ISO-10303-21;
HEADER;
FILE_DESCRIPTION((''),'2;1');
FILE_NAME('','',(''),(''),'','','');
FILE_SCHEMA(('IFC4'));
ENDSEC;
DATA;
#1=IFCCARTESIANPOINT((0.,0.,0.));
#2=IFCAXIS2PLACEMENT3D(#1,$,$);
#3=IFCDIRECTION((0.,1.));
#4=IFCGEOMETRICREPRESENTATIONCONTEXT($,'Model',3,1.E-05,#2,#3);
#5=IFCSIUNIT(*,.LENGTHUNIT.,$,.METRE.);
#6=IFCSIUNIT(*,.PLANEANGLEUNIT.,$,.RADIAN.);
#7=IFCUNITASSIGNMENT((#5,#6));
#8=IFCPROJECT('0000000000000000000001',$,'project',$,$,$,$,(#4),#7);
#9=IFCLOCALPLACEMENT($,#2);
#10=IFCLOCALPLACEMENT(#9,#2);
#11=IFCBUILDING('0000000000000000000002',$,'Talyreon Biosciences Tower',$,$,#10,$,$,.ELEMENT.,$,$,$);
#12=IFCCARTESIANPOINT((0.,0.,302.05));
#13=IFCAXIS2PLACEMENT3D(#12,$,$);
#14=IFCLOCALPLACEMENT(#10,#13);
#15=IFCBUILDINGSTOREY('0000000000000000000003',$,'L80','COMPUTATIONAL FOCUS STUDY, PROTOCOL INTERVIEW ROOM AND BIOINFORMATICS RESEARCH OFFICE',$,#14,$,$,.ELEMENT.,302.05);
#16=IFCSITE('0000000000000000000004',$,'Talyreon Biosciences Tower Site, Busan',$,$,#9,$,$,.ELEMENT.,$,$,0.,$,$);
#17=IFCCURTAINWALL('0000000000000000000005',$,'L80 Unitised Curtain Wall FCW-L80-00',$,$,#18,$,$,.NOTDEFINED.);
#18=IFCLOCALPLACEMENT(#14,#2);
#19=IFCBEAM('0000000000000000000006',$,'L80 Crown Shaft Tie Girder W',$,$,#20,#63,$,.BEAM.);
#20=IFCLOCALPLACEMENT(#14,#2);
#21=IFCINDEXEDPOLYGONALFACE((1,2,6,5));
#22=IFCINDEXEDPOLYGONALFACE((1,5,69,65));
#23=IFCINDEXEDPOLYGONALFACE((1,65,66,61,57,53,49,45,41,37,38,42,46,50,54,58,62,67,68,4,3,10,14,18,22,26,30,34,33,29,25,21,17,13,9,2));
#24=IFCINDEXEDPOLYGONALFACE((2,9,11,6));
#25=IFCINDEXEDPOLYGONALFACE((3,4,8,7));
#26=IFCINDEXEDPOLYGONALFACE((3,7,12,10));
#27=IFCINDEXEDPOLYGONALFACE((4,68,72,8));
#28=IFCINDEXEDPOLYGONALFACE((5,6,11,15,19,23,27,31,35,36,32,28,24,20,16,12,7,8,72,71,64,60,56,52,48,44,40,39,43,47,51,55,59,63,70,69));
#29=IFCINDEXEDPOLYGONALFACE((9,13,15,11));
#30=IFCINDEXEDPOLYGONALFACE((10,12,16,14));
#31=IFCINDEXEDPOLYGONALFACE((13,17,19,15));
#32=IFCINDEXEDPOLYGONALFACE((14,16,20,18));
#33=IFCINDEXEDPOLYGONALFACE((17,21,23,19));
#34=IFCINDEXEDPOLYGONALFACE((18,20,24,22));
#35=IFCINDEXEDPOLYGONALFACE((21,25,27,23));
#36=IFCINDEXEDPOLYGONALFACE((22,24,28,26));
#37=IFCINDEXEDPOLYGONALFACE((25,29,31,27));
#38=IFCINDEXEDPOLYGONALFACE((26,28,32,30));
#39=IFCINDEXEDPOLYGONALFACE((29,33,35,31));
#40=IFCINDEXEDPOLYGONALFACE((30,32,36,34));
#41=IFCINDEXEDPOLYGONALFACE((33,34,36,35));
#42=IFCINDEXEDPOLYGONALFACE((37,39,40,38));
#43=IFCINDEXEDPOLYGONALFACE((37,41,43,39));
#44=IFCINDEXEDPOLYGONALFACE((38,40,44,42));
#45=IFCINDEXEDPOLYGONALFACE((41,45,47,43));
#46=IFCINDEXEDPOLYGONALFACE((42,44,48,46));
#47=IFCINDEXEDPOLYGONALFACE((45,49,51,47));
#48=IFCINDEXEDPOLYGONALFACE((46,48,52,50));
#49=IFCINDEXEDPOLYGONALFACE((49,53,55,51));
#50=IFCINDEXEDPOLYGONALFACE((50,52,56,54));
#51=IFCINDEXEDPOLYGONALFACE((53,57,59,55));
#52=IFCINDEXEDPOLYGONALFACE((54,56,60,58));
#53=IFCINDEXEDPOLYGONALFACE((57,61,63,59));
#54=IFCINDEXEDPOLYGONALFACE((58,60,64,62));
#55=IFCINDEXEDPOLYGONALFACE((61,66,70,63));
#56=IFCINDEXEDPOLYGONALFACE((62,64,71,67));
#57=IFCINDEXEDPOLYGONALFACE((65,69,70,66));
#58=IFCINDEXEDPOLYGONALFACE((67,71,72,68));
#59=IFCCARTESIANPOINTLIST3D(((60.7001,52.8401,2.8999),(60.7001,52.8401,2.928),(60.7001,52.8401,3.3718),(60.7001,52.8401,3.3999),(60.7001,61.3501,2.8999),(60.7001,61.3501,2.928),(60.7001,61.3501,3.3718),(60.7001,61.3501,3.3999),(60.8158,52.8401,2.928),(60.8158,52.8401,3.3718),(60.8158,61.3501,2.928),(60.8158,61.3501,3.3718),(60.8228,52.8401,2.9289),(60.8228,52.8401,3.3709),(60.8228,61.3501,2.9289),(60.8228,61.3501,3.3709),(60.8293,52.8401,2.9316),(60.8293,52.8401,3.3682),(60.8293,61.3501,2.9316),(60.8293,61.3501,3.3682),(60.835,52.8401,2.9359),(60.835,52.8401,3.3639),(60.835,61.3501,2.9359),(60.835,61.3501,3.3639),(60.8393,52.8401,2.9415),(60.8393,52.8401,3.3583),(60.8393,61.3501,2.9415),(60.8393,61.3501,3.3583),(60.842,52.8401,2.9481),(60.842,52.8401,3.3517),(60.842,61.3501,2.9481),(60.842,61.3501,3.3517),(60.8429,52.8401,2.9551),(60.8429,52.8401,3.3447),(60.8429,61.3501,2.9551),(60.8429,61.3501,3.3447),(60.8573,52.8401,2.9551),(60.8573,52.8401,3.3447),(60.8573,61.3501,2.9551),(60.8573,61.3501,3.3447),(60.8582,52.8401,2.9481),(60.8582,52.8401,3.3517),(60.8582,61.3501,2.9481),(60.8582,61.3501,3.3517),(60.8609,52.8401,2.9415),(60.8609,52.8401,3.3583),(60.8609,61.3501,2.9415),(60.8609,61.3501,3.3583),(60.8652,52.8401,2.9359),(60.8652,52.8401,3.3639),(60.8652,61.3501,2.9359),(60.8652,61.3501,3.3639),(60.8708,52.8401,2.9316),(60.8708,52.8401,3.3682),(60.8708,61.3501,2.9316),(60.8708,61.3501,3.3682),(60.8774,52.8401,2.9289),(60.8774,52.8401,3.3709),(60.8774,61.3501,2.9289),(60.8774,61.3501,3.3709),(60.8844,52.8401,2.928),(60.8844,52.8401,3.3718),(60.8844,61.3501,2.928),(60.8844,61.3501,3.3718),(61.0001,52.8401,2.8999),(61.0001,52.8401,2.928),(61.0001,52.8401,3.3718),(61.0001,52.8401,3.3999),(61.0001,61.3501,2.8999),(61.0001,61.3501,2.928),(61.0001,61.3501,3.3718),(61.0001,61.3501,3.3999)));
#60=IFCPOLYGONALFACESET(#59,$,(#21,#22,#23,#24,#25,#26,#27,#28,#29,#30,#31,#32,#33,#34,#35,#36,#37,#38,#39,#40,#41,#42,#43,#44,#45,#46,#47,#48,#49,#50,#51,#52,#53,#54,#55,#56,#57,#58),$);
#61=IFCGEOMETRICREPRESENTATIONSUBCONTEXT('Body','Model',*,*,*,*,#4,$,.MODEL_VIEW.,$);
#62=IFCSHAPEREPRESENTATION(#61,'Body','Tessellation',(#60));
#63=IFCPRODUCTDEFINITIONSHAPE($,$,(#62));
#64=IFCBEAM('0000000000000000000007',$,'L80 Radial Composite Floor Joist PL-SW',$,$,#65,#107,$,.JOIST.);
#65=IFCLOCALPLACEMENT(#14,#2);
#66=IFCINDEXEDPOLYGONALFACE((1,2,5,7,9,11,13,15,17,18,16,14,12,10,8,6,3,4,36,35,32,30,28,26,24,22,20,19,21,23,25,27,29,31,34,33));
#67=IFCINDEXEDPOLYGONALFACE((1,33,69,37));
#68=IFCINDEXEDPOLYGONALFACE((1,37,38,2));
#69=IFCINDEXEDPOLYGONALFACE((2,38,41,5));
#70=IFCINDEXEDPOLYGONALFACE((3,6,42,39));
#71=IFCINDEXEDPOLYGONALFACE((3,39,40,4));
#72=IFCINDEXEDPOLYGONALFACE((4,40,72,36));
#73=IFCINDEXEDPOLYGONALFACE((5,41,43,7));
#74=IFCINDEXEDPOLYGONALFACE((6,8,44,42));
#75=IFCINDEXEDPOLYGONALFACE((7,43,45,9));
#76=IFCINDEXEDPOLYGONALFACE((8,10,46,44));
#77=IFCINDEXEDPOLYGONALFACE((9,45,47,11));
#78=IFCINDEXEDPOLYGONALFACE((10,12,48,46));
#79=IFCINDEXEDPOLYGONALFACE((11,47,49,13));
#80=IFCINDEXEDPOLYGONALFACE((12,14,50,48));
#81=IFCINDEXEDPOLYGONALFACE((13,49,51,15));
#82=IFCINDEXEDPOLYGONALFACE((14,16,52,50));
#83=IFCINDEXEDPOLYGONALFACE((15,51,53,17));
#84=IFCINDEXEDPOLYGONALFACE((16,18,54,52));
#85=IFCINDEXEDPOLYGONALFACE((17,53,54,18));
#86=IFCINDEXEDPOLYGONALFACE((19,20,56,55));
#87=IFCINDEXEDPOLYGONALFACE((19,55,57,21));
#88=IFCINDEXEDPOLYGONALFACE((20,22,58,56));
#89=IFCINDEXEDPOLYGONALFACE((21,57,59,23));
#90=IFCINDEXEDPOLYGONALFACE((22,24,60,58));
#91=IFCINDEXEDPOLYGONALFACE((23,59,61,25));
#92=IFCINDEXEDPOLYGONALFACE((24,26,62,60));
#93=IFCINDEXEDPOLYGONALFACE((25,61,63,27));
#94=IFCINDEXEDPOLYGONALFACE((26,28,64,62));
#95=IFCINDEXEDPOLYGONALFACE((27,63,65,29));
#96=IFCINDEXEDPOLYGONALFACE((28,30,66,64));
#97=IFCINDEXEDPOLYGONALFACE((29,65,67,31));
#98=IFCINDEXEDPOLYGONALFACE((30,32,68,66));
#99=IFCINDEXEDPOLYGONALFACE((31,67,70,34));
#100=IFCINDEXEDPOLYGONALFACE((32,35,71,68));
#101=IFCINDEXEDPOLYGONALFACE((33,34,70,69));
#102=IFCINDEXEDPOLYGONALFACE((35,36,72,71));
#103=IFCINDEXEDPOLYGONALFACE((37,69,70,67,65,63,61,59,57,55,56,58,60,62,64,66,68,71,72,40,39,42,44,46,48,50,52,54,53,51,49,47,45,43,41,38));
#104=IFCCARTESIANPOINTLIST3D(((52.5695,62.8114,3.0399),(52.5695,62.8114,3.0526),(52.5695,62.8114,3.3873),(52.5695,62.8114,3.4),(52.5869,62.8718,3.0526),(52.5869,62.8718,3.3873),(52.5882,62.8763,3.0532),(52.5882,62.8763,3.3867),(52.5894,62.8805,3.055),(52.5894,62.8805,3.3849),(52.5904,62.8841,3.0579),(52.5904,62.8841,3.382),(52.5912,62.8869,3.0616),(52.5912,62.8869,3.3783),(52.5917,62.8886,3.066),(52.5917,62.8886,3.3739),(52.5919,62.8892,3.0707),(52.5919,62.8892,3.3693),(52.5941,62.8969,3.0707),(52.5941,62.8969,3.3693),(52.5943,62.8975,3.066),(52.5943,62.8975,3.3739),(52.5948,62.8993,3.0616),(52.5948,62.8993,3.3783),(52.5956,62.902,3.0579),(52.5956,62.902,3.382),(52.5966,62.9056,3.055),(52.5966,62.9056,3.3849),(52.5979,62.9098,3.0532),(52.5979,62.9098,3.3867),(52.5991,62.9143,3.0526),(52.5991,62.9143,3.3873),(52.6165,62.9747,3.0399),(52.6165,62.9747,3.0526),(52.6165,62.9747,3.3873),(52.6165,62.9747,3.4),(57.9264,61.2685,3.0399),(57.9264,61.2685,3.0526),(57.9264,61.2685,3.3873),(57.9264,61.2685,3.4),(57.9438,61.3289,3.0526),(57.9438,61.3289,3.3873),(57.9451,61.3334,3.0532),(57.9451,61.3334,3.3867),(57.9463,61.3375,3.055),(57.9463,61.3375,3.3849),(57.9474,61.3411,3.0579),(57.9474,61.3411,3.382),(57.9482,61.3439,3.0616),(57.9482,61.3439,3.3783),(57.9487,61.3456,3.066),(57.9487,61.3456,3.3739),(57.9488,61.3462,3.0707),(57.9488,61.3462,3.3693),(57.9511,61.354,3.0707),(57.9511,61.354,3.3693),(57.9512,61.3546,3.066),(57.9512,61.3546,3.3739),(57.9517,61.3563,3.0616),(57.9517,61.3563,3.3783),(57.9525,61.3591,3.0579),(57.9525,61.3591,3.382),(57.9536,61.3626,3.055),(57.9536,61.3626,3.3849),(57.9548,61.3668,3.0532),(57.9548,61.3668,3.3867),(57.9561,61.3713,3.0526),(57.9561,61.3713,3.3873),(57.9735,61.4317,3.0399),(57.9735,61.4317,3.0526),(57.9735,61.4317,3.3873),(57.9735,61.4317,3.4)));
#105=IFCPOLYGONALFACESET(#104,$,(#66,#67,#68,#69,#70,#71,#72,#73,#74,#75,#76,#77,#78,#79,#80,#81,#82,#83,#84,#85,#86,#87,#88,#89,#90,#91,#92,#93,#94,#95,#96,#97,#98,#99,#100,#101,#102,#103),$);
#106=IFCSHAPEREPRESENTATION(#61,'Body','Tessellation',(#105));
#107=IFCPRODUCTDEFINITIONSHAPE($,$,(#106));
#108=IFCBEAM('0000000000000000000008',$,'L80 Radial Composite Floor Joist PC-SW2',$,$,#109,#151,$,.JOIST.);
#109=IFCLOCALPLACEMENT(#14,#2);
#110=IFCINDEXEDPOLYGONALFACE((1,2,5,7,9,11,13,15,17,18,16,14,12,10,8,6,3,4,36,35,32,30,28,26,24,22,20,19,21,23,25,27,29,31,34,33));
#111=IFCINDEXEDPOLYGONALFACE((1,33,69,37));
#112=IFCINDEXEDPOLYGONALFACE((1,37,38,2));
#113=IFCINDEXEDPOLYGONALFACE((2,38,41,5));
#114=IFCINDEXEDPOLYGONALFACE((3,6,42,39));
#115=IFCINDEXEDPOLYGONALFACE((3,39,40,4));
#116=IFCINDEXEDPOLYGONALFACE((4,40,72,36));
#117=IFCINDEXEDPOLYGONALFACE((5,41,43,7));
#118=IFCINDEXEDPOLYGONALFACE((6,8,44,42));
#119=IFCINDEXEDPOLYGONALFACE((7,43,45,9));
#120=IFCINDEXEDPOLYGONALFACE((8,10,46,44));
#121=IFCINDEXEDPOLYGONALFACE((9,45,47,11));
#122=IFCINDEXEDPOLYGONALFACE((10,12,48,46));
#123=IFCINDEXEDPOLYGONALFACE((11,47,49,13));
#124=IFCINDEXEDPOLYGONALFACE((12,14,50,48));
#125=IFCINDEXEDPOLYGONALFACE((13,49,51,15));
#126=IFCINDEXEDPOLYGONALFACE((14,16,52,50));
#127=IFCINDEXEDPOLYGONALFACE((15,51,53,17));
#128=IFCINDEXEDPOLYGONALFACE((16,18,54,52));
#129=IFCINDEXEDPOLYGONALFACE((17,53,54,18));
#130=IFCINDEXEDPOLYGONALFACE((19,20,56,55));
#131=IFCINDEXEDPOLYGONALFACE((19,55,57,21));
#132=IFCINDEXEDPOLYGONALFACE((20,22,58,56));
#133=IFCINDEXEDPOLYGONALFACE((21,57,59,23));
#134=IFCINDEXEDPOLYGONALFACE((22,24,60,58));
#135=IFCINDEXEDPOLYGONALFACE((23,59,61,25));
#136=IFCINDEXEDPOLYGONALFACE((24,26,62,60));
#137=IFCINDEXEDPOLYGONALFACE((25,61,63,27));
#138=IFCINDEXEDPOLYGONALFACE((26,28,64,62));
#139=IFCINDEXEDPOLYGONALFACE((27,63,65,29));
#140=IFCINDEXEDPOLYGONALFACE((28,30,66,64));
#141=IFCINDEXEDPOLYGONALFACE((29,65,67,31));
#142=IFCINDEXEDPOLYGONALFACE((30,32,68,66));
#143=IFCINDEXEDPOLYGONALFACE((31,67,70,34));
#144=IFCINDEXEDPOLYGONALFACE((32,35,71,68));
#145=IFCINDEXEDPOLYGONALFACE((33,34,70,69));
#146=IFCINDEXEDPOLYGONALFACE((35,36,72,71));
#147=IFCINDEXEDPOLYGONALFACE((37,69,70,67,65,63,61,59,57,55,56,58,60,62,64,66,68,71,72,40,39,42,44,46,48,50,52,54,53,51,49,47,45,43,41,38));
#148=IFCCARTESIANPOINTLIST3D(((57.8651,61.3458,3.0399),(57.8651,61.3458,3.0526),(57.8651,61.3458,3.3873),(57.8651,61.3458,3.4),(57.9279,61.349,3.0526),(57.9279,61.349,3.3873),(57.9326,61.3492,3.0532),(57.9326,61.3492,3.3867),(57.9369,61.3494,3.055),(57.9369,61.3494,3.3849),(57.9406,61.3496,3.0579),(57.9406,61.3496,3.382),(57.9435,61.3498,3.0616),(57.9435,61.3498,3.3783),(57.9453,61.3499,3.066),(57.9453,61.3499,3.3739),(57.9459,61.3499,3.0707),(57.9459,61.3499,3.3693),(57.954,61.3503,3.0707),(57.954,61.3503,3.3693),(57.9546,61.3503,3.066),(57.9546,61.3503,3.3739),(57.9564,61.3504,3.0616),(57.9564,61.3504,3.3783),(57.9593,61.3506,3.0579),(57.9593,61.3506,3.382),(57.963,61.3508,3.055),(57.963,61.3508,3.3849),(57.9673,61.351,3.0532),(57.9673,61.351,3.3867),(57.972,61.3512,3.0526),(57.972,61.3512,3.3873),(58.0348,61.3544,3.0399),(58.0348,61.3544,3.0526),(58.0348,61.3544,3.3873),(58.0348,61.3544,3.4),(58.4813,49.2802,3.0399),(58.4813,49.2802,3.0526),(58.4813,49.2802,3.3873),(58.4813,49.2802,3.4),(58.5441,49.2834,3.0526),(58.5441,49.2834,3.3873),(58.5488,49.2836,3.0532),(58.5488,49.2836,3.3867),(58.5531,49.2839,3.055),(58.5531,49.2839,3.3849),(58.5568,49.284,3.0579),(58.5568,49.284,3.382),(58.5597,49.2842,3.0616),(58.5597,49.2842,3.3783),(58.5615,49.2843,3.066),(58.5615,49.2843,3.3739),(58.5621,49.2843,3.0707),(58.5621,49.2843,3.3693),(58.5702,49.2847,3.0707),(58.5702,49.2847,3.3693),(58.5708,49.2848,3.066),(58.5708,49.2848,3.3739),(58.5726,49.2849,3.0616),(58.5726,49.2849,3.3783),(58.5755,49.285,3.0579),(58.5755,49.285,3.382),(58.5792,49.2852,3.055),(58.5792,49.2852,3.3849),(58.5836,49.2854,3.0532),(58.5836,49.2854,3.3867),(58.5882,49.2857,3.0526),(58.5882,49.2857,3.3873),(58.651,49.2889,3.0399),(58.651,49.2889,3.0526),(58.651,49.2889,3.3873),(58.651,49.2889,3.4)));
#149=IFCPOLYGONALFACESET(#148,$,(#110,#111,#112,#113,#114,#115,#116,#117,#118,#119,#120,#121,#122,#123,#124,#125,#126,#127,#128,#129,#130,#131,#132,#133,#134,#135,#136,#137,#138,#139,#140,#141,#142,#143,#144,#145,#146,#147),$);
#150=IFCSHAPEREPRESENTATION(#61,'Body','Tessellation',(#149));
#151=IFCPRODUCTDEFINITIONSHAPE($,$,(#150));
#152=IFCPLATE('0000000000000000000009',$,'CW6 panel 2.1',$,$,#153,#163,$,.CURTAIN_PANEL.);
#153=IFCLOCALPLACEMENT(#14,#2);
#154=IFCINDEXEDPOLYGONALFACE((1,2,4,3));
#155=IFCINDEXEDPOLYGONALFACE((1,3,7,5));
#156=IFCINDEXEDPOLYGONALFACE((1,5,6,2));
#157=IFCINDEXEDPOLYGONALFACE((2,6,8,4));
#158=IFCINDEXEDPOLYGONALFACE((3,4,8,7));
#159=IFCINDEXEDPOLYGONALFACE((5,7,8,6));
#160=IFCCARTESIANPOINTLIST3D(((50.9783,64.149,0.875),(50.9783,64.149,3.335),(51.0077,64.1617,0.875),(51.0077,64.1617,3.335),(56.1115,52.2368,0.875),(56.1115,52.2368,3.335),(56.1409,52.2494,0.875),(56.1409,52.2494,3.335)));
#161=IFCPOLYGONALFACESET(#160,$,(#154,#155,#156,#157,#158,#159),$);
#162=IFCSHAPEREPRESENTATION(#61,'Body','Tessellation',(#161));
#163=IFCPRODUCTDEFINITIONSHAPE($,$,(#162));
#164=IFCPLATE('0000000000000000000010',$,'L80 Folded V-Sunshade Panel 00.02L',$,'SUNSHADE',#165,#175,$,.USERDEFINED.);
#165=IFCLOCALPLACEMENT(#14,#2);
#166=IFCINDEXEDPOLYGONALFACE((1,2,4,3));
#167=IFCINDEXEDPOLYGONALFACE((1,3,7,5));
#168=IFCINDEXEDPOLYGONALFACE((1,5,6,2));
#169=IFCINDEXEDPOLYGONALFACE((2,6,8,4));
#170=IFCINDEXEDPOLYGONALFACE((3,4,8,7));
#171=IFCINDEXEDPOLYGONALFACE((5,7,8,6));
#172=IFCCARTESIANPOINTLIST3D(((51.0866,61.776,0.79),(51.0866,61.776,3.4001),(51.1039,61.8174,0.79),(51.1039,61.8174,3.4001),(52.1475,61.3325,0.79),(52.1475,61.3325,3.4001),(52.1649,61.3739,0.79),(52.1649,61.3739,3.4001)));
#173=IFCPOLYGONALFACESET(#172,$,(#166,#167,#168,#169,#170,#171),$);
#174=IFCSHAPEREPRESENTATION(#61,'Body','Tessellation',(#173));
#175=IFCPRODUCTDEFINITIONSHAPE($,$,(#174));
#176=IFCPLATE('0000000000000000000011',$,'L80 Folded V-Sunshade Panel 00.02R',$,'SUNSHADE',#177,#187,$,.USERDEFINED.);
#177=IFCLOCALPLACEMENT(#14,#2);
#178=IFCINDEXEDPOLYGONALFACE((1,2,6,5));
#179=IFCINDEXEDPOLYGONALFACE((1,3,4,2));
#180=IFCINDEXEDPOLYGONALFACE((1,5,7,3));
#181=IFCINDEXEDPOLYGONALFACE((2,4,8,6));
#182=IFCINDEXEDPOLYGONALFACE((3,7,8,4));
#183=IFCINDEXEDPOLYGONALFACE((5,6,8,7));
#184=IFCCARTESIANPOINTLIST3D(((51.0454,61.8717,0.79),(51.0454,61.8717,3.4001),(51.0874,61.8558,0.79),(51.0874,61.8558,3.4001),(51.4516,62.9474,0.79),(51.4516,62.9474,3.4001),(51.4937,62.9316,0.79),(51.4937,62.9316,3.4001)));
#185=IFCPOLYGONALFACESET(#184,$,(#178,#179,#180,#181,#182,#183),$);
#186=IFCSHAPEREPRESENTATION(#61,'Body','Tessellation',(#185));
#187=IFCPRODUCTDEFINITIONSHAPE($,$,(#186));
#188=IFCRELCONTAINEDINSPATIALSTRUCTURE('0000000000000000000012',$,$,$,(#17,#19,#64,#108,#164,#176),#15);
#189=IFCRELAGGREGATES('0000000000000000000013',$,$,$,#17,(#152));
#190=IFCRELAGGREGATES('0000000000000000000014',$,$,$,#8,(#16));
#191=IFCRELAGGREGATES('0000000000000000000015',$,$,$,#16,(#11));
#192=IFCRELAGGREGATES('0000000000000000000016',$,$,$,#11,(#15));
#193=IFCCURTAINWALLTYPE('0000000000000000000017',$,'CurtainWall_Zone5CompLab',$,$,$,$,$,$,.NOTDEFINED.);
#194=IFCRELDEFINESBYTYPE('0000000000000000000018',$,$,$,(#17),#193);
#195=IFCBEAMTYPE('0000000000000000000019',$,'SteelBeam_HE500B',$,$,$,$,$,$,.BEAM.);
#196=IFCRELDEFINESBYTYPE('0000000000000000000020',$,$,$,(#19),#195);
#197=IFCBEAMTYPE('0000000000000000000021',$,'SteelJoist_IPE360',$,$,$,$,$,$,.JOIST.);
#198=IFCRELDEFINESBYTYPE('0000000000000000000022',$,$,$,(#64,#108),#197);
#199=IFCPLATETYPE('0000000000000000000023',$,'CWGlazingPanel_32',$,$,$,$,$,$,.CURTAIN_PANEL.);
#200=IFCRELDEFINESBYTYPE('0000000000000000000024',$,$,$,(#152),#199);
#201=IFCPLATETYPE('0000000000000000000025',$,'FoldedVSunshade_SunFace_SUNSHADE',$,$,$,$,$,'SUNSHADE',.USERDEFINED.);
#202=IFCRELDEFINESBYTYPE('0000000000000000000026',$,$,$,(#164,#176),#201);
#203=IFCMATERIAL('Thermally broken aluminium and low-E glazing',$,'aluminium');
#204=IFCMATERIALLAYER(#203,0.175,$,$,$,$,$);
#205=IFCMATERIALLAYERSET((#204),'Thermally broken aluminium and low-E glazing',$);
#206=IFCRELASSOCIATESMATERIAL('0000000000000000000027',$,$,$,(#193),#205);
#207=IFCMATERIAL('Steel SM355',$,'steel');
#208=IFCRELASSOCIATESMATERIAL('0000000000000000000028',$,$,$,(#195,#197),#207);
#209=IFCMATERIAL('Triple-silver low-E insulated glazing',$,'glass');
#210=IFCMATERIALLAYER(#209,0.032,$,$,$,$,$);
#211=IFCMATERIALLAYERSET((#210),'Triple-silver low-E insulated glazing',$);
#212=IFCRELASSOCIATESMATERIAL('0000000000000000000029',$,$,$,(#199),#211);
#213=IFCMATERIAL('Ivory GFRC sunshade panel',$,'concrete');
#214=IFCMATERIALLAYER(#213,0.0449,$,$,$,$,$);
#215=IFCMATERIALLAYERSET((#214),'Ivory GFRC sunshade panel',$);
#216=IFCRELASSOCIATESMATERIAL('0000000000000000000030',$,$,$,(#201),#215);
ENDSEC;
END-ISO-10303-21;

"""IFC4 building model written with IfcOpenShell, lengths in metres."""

from ifc_helpers import new_model, si_unit, direction, frame, origin, origin_2d, place, context, subcontext, project, spatial, rectangle, i_section, extrude, material, layer, layer_set, material_profile, profile_set, type_object, element, aggregate, save


model = new_model("IFC4")

# Units and contexts
model_context = context("Model", 3, precision=1e-05, world=origin(), true_north=direction((0.0, 1.0)))
body_context = subcontext(model_context, "Body", "Model", "MODEL_VIEW")
ifc_project = project(units=[si_unit("LENGTHUNIT", "METRE"), si_unit("PLANEANGLEUNIT", "RADIAN")], contexts=[model_context])

# Site, building, storey
site_placement = place(None, origin())
site = spatial("IfcSite", under=ifc_project, at=site_placement, Name="Talyreon Biosciences Tower Site, Busan", CompositionType="ELEMENT", RefElevation=0.0)
building_placement = place(site_placement, origin())
building = spatial("IfcBuilding", under=site, at=building_placement, Name="Talyreon Biosciences Tower", CompositionType="ELEMENT")
storey_placement = place(building_placement, frame((0.0, 0.0, 302.05)))
storey = spatial("IfcBuildingStorey", under=building, at=storey_placement, Name="L80", Description="COMPUTATIONAL FOCUS STUDY, PROTOCOL INTERVIEW ROOM AND BIOINFORMATICS RESEARCH OFFICE", CompositionType="ELEMENT", Elevation=302.05)

# Curtain wall
ifc_material_1 = material(Name="Thermally broken aluminium and low-E glazing", Category="aluminium")
ifc_layer_1 = layer(ifc_material_1, 0.175)
ifc_layer_set_1 = layer_set([ifc_layer_1], Name="Thermally broken aluminium and low-E glazing")
curtain_wall_type = type_object("IfcCurtainWallType", Name="CurtainWall_Zone5CompLab", PredefinedType="NOTDEFINED", material=ifc_layer_set_1)
curtain_wall_placement = place(storey_placement, origin())
curtain_wall = element("IfcCurtainWall", 1, at=curtain_wall_placement, inside=storey, type_object=curtain_wall_type, Name="L80 Unitised Curtain Wall FCW-L80-00", PredefinedType="NOTDEFINED")

# Beams
ifc_material_2 = material(Name="Steel SM355", Category="steel")
ifc_material_profile_1 = material_profile(ifc_material_2, i_section(OverallWidth=0.3, OverallDepth=0.5, WebThickness=0.0144, FlangeThickness=0.0281, FilletRadius=0.0271, at=origin_2d()), Name="HE500B")
ifc_profile_set_1 = profile_set([ifc_material_profile_1], Name="Steel SM355")
beam_type_1 = type_object("IfcBeamType", Name="SteelBeam_HE500B", PredefinedType="BEAM", material=ifc_profile_set_1)
beam_1_placement = place(storey_placement, frame((60.8501, 52.8401, 3.1499), z_axis=(0.0, 1.0, 0.0), x_axis=(-1.0, 0.0, 0.0)))
element("IfcBeam", 2, at=beam_1_placement, inside=storey, type_object=beam_type_1, Name="L80 Crown Shaft Tie Girder W", PredefinedType="BEAM", context=body_context, shape_type="SweptSolid", body=[
    extrude(i_section(OverallWidth=0.3, OverallDepth=0.5, WebThickness=0.0144, FlangeThickness=0.0281, FilletRadius=0.0271, at=origin_2d()), origin(), (0.0, 0.0, 1.0), 8.51),
])
ifc_material_profile_2 = material_profile(ifc_material_2, i_section(OverallWidth=0.1699, OverallDepth=0.3601, WebThickness=0.0081, FlangeThickness=0.0127, FilletRadius=0.0181, at=origin_2d()), Name="IPE360")
ifc_profile_set_2 = profile_set([ifc_material_profile_2], Name="Steel SM355")
beam_type_2 = type_object("IfcBeamType", Name="SteelJoist_IPE360", PredefinedType="JOIST", material=ifc_profile_set_2)
beam_2_placement = place(storey_placement, frame((57.95, 61.3501, 3.22), z_axis=(-0.960933, 0.27678, 0.0), x_axis=(-0.27678, -0.960933, 0.0)))
element("IfcBeam", 3, at=beam_2_placement, inside=storey, type_object=beam_type_2, Name="L80 Radial Composite Floor Joist PL-SW", PredefinedType="JOIST", context=body_context, shape_type="SweptSolid", body=[
    extrude(i_section(OverallWidth=0.1699, OverallDepth=0.3601, WebThickness=0.0081, FlangeThickness=0.0127, FilletRadius=0.0181, at=origin_2d()), origin(), (0.0, 0.0, 1.0), 5.5747),
])
beam_3_placement = place(storey_placement, frame((57.95, 61.3501, 3.22), z_axis=(0.051005, -0.998698, 0.0), x_axis=(0.998698, 0.051005, 0.0)))
element("IfcBeam", 4, at=beam_3_placement, inside=storey, type_object=beam_type_2, Name="L80 Radial Composite Floor Joist PC-SW2", PredefinedType="JOIST", context=body_context, shape_type="SweptSolid", body=[
    extrude(i_section(OverallWidth=0.1699, OverallDepth=0.3601, WebThickness=0.0081, FlangeThickness=0.0127, FilletRadius=0.0181, at=origin_2d()), origin(), (0.0, 0.0, 1.0), 12.0813),
])

# Plate
ifc_material_3 = material(Name="Triple-silver low-E insulated glazing", Category="glass")
ifc_layer_2 = layer(ifc_material_3, 0.032)
ifc_layer_set_2 = layer_set([ifc_layer_2], Name="Triple-silver low-E insulated glazing")
plate_type_1 = type_object("IfcPlateType", Name="CWGlazingPanel_32", PredefinedType="CURTAIN_PANEL", material=ifc_layer_set_2)
plate_placement = place(storey_placement, frame((53.5596, 58.1992, 0.875), z_axis=(0.0, 0.0, 1.0), x_axis=(-0.395738, 0.918363, 0.0)))
plate = element("IfcPlate", 5, at=plate_placement, type_object=plate_type_1, Name="CW6 panel 2.1", PredefinedType="CURTAIN_PANEL", context=body_context, shape_type="SweptSolid", body=[
    extrude(rectangle(XDim=12.9712, YDim=0.032, at=origin_2d()), origin(), (0.0, 0.0, 1.0), 2.46),
])
aggregate(curtain_wall, [plate])

# Plates
ifc_material_4 = material(Name="Ivory GFRC sunshade panel", Category="concrete")
ifc_layer_3 = layer(ifc_material_4, 0.0449)
ifc_layer_set_3 = layer_set([ifc_layer_3], Name="Ivory GFRC sunshade panel")
plate_type_2 = type_object("IfcPlateType", Name="FoldedVSunshade_SunFace_SUNSHADE", ElementType="SUNSHADE", PredefinedType="USERDEFINED", material=ifc_layer_set_3)
for number, where, z_axis, x_axis, name in (
    (6, (51.6257, 61.575, 0.79), (0.0, 0.0, 1.0), (-0.922619, 0.385713, 0.0), "L80 Folded V-Sunshade Panel 00.02L"),
    (7, (51.2695, 62.4016, 0.79), (0.0, 0.0, 1.0), (0.353279, 0.935518, 0.0), "L80 Folded V-Sunshade Panel 00.02R"),
):
    element("IfcPlate", number, at=place(storey_placement, frame(where, z_axis=z_axis, x_axis=x_axis)), inside=storey, type_object=plate_type_2, Name=name, ObjectType="SUNSHADE", PredefinedType="USERDEFINED", context=body_context, shape_type="SweptSolid", body=[
        extrude(rectangle(XDim=1.1499, YDim=0.0449, at=origin_2d()), origin(), (0.0, 0.0, 1.0), 2.6101),
    ])

save(model, "model.ifc")
